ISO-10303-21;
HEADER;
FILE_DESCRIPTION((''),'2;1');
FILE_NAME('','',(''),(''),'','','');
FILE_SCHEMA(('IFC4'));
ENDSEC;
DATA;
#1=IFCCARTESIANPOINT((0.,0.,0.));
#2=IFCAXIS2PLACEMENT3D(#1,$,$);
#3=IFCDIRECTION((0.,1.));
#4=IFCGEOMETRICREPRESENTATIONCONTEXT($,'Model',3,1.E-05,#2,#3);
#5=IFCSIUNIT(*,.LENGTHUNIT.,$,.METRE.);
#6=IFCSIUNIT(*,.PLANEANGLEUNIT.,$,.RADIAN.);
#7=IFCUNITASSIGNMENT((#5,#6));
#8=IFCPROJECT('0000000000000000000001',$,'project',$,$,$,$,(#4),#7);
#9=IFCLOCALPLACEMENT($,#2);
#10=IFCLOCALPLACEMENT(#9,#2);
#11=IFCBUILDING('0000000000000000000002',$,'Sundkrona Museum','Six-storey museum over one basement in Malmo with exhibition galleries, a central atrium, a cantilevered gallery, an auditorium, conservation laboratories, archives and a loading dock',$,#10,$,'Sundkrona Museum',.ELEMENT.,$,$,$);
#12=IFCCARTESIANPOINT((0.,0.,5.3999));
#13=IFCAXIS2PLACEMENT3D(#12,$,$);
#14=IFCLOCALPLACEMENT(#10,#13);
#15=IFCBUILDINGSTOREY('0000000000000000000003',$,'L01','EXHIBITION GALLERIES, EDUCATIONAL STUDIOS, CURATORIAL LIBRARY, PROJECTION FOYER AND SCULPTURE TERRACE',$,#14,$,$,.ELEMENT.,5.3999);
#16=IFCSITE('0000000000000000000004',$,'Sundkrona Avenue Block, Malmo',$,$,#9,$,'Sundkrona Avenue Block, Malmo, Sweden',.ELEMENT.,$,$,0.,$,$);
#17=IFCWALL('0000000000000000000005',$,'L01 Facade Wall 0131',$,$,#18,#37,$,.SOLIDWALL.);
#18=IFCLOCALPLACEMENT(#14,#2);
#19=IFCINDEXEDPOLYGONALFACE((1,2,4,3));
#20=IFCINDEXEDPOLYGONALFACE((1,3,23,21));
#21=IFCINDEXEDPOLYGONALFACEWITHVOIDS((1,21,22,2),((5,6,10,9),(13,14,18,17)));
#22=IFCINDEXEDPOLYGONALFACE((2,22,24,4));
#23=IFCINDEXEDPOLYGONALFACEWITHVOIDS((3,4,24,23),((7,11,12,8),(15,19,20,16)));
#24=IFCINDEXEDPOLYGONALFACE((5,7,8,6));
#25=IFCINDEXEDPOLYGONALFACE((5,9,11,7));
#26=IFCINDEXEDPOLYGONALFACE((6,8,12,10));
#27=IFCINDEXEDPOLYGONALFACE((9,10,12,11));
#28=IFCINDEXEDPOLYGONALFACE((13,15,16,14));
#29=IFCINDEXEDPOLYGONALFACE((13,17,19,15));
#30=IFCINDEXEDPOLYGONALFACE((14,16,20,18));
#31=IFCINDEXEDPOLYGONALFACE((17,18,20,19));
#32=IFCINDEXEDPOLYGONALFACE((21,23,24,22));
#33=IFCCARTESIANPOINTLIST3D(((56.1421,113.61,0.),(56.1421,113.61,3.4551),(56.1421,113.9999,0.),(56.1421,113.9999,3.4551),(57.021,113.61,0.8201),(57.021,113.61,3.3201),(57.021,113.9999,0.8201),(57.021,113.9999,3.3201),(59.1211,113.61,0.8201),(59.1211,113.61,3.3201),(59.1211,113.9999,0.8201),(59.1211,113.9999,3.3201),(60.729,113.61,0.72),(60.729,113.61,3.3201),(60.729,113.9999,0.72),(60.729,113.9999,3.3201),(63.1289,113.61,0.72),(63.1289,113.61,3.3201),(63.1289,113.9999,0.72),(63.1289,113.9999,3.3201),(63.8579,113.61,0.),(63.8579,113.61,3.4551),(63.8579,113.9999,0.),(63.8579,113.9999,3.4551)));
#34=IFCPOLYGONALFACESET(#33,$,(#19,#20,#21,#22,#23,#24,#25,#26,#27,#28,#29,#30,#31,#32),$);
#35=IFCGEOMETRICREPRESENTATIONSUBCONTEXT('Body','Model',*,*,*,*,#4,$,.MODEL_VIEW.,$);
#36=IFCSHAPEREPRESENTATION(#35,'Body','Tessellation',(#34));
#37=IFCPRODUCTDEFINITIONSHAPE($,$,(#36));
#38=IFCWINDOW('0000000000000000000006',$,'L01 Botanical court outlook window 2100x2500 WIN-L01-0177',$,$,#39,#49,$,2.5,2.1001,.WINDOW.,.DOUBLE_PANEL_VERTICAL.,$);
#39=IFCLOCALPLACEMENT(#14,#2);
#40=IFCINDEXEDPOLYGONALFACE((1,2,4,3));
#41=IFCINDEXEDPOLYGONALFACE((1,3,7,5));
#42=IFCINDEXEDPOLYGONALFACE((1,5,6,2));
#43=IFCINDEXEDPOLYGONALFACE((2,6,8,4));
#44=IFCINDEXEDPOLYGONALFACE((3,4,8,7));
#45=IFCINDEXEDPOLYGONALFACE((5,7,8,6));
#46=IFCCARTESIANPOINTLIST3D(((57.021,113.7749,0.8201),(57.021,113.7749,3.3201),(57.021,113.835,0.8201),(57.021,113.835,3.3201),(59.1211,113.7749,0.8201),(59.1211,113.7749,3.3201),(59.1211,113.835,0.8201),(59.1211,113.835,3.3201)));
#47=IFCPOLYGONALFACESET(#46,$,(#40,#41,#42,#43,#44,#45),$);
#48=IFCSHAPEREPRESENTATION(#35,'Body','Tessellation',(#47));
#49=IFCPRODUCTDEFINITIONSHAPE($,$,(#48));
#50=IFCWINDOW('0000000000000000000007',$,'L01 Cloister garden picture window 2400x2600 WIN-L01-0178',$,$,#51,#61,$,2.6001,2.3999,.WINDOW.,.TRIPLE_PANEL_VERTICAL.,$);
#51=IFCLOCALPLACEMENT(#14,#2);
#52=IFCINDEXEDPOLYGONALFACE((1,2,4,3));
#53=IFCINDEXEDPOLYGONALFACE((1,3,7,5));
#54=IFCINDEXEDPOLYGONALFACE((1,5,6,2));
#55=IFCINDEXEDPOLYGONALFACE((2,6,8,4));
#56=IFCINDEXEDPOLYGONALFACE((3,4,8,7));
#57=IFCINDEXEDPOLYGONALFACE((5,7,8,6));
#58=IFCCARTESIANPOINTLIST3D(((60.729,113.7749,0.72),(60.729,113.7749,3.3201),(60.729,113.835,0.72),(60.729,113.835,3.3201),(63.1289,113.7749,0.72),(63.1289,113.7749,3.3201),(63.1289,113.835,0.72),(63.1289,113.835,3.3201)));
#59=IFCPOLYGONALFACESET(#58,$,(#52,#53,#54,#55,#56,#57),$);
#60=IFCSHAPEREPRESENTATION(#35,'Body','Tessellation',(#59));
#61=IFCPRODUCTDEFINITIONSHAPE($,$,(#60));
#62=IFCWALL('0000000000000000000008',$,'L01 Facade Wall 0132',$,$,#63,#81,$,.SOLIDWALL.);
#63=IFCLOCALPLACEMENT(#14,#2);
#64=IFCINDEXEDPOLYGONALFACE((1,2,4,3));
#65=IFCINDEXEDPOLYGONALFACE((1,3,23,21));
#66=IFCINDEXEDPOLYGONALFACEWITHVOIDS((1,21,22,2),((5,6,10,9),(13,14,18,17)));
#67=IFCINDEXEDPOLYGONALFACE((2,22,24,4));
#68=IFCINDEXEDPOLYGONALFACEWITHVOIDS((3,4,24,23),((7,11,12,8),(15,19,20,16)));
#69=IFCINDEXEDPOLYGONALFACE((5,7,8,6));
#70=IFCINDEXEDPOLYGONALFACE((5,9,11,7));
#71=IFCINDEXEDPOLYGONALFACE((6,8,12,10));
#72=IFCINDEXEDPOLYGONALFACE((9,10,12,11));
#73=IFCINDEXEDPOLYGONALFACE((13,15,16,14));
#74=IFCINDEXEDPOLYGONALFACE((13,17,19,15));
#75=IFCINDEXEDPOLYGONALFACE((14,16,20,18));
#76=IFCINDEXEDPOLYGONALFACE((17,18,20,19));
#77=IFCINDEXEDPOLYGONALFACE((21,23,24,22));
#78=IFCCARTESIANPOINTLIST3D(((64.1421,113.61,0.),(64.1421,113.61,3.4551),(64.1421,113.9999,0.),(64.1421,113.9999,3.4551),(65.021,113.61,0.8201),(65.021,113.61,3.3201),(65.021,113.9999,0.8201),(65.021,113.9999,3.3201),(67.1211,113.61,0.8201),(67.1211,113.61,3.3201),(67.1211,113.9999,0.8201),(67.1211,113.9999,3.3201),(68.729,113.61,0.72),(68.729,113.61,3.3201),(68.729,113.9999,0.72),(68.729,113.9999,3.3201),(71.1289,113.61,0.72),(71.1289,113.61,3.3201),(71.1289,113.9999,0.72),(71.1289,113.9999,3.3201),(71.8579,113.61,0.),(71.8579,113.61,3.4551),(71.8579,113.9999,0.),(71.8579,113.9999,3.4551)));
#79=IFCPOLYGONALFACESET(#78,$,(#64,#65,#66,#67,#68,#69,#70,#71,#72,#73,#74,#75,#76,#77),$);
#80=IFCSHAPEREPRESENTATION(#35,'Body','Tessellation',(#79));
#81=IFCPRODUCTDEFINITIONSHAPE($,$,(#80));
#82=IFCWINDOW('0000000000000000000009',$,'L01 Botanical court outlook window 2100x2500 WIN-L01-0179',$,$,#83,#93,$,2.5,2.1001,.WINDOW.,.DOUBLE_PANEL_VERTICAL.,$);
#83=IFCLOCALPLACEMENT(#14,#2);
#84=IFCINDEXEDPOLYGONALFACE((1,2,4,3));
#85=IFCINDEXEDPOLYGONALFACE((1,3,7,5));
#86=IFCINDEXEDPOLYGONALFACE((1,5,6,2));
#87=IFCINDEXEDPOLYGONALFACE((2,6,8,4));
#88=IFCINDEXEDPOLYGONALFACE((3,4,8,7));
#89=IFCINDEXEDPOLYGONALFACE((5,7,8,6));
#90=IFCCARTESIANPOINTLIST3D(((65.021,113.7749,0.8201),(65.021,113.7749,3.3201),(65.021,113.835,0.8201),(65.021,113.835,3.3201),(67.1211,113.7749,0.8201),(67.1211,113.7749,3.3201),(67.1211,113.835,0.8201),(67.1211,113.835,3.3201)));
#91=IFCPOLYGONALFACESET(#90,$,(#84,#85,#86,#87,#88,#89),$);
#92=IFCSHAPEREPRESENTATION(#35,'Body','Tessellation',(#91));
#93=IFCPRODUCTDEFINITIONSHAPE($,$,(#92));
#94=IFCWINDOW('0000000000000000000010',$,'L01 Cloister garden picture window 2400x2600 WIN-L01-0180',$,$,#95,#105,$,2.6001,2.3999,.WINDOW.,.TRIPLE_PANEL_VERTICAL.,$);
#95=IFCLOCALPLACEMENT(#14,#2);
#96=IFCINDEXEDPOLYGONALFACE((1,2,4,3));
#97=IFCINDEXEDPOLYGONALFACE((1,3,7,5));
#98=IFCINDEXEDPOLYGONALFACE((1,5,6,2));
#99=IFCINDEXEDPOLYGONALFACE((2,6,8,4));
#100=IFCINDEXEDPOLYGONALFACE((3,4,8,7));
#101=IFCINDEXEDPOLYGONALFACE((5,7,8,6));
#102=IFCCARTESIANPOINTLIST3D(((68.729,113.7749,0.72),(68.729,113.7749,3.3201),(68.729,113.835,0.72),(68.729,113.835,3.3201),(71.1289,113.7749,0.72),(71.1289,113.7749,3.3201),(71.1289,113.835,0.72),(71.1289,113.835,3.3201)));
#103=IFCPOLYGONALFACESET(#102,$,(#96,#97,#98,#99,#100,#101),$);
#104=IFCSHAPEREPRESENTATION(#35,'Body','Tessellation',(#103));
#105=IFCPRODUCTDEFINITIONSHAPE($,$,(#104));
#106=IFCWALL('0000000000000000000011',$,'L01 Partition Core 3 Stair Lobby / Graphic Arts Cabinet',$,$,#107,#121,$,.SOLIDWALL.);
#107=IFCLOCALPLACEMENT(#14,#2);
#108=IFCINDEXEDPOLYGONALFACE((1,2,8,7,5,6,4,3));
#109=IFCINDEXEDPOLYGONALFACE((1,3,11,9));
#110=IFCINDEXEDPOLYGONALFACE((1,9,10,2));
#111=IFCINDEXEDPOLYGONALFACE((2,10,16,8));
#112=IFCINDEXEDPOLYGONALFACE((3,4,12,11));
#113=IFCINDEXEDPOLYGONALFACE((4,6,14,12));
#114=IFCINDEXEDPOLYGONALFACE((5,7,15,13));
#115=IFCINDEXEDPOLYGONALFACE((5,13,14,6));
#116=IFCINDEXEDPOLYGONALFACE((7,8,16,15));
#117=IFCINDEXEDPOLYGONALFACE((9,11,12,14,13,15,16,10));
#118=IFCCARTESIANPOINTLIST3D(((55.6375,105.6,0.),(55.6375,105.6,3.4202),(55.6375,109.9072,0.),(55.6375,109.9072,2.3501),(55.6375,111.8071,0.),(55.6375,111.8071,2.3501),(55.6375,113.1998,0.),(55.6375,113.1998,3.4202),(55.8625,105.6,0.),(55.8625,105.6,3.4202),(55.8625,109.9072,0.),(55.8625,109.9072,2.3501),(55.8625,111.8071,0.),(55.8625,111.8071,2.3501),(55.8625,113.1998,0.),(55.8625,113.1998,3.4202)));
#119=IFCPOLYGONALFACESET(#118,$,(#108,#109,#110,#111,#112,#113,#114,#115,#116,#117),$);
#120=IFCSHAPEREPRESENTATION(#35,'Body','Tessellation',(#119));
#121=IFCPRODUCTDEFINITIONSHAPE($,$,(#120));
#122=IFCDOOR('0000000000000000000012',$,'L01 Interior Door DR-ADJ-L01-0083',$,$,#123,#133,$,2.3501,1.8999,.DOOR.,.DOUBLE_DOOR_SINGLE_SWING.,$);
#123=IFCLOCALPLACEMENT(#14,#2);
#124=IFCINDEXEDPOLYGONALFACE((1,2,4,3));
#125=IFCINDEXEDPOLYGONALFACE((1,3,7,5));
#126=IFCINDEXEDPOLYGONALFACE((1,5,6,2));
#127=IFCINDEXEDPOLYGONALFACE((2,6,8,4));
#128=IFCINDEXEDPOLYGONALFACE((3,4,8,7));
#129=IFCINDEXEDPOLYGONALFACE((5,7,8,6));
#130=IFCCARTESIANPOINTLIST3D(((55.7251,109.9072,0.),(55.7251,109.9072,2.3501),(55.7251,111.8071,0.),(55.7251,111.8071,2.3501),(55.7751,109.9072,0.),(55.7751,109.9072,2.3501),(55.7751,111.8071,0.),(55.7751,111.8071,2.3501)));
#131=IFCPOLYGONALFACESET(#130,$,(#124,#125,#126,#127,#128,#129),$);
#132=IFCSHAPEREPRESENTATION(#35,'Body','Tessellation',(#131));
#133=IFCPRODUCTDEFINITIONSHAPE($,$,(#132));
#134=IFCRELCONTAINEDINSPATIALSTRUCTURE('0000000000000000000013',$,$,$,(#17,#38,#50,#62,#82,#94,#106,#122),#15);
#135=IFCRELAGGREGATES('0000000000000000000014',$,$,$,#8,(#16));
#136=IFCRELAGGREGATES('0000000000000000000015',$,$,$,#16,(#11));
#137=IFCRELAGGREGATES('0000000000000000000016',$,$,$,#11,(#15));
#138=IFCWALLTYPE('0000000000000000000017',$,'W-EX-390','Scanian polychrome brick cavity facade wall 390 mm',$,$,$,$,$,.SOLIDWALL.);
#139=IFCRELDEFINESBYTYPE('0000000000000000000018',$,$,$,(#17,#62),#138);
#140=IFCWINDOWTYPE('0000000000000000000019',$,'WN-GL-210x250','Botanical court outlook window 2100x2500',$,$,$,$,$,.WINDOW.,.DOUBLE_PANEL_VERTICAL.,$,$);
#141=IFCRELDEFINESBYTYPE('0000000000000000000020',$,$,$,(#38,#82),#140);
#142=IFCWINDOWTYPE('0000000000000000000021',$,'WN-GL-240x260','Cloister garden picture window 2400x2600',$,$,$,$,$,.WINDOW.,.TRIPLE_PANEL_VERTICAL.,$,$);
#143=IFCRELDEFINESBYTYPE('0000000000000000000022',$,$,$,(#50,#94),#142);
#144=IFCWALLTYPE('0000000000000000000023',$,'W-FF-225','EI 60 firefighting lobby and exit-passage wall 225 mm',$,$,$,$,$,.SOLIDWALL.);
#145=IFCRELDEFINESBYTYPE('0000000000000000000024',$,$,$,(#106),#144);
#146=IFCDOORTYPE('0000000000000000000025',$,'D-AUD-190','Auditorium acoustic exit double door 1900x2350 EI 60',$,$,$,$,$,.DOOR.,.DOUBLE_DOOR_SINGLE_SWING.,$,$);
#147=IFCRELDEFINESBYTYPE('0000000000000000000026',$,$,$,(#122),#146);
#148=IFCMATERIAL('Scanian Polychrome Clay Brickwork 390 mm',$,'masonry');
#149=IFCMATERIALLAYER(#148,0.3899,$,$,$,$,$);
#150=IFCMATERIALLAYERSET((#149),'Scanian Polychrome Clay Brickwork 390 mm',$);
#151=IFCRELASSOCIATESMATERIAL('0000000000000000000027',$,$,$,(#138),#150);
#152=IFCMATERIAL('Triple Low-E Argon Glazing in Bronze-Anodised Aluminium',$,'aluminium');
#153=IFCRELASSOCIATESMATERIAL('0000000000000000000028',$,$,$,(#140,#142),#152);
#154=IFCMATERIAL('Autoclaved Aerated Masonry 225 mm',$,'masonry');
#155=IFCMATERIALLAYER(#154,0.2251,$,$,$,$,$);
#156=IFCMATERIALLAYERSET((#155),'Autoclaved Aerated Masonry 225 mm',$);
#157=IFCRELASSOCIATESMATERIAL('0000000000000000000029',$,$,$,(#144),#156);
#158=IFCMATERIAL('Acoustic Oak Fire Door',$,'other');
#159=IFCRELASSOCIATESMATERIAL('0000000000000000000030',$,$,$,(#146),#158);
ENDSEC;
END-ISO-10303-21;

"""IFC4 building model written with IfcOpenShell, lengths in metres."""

from ifc_helpers import new_model, si_unit, direction, frame, frame_2d, origin, place, context, subcontext, project, spatial, rectangle, extrude, material, layer, layer_set, type_object, element, fill, save


model = new_model("IFC4")

# Units and contexts
model_context = context("Model", 3, precision=1e-05, world=origin(), true_north=direction((0.0, 1.0)))
body_context = subcontext(model_context, "Body", "Model", "MODEL_VIEW")
ifc_project = project(units=[si_unit("LENGTHUNIT", "METRE"), si_unit("PLANEANGLEUNIT", "RADIAN")], contexts=[model_context])

# Site, building, storey
site_placement = place(None, origin())
site = spatial("IfcSite", under=ifc_project, at=site_placement, Name="Sundkrona Avenue Block, Malmo", LongName="Sundkrona Avenue Block, Malmo, Sweden", CompositionType="ELEMENT", RefElevation=0.0)
building_placement = place(site_placement, origin())
building = spatial("IfcBuilding", under=site, at=building_placement, Name="Sundkrona Museum", Description="Six-storey museum over one basement in Malmo with exhibition galleries, a central atrium, a cantilevered gallery, an auditorium, conservation laboratories, archives and a loading dock", LongName="Sundkrona Museum", CompositionType="ELEMENT")
storey_placement = place(building_placement, frame((0.0, 0.0, 5.3999)))
storey = spatial("IfcBuildingStorey", under=building, at=storey_placement, Name="L01", Description="EXHIBITION GALLERIES, EDUCATIONAL STUDIOS, CURATORIAL LIBRARY, PROJECTION FOYER AND SCULPTURE TERRACE", CompositionType="ELEMENT", Elevation=5.3999)

# Shared definitions
ifc_material_1 = material(Name="Scanian Polychrome Clay Brickwork 390 mm", Category="masonry")
ifc_layer_1 = layer(ifc_material_1, 0.3899)
ifc_layer_set_1 = layer_set([ifc_layer_1], Name="Scanian Polychrome Clay Brickwork 390 mm")
wall_type_1 = type_object("IfcWallType", Name="W-EX-390", Description="Scanian polychrome brick cavity facade wall 390 mm", PredefinedType="SOLIDWALL", material=ifc_layer_set_1)
ifc_material_2 = material(Name="Triple Low-E Argon Glazing in Bronze-Anodised Aluminium", Category="aluminium")

# Walls, openings, windows
wall_1_placement = place(storey_placement, frame((56.1421, 113.8049, 0.0), z_axis=(0.0, 0.0, 1.0), x_axis=(1.0, 0.0, 0.0)))
wall_1 = element("IfcWall", 1, at=wall_1_placement, inside=storey, type_object=wall_type_1, Name="L01 Facade Wall 0131", PredefinedType="SOLIDWALL", context=body_context, shape_type="SweptSolid", body=[
    extrude(rectangle(XDim=7.7158, YDim=0.3899, at=frame_2d((3.8579, 0.0))), origin(), (0.0, 0.0, 1.0), 3.4551),
])
opening_1_placement = place(wall_1_placement, frame((0.8789, 0.0, 0.8201)))
opening_1 = element("IfcOpeningElement", 2, at=opening_1_placement, cuts=wall_1, PredefinedType="OPENING", context=body_context, shape_type="SweptSolid", body=[
    extrude(rectangle(XDim=2.1001, YDim=2.5, at=frame_2d((1.05, 1.25))), frame((0.0, 0.2048, 0.0), z_axis=(0.0, -1.0, 0.0), x_axis=(1.0, 0.0, 0.0)), (0.0, 0.0, 1.0), 0.4099),
])
opening_2_placement = place(wall_1_placement, frame((4.5869, 0.0, 0.72)))
opening_2 = element("IfcOpeningElement", 3, at=opening_2_placement, cuts=wall_1, PredefinedType="OPENING", context=body_context, shape_type="SweptSolid", body=[
    extrude(rectangle(XDim=2.3999, YDim=2.6001, at=frame_2d((1.2, 1.3))), frame((0.0, 0.2048, 0.0), z_axis=(0.0, -1.0, 0.0), x_axis=(1.0, 0.0, 0.0)), (0.0, 0.0, 1.0), 0.4099),
])
window_type_1 = type_object("IfcWindowType", Name="WN-GL-210x250", Description="Botanical court outlook window 2100x2500", PartitioningType="DOUBLE_PANEL_VERTICAL", PredefinedType="WINDOW", material=ifc_material_2)
window_1_placement = place(opening_1_placement, origin())
window_1 = element("IfcWindow", 4, at=window_1_placement, inside=storey, type_object=window_type_1, Name="L01 Botanical court outlook window 2100x2500 WIN-L01-0177", OverallHeight=2.5, OverallWidth=2.1001, PartitioningType="DOUBLE_PANEL_VERTICAL", PredefinedType="WINDOW", context=body_context, shape_type="SweptSolid", body=[
    extrude(rectangle(XDim=2.1001, YDim=2.5, at=frame_2d((1.05, 1.25))), frame((0.0, 0.03, 0.0), z_axis=(0.0, -1.0, 0.0), x_axis=(1.0, 0.0, 0.0)), (0.0, 0.0, 1.0), 0.0601),
])
fill(opening_1, window_1)
window_type_2 = type_object("IfcWindowType", Name="WN-GL-240x260", Description="Cloister garden picture window 2400x2600", PartitioningType="TRIPLE_PANEL_VERTICAL", PredefinedType="WINDOW", material=ifc_material_2)
window_2_placement = place(opening_2_placement, origin())
window_2 = element("IfcWindow", 5, at=window_2_placement, inside=storey, type_object=window_type_2, Name="L01 Cloister garden picture window 2400x2600 WIN-L01-0178", OverallHeight=2.6001, OverallWidth=2.3999, PartitioningType="TRIPLE_PANEL_VERTICAL", PredefinedType="WINDOW", context=body_context, shape_type="SweptSolid", body=[
    extrude(rectangle(XDim=2.3999, YDim=2.6001, at=frame_2d((1.2, 1.3))), frame((0.0, 0.03, 0.0), z_axis=(0.0, -1.0, 0.0), x_axis=(1.0, 0.0, 0.0)), (0.0, 0.0, 1.0), 0.0601),
])
fill(opening_2, window_2)
wall_2_placement = place(storey_placement, frame((64.1421, 113.8049, 0.0), z_axis=(0.0, 0.0, 1.0), x_axis=(1.0, 0.0, 0.0)))
wall_2 = element("IfcWall", 6, at=wall_2_placement, inside=storey, type_object=wall_type_1, Name="L01 Facade Wall 0132", PredefinedType="SOLIDWALL", context=body_context, shape_type="SweptSolid", body=[
    extrude(rectangle(XDim=7.7158, YDim=0.3899, at=frame_2d((3.8579, 0.0))), origin(), (0.0, 0.0, 1.0), 3.4551),
])
opening_3_placement = place(wall_2_placement, frame((0.8789, 0.0, 0.8201)))
opening_3 = element("IfcOpeningElement", 7, at=opening_3_placement, cuts=wall_2, PredefinedType="OPENING", context=body_context, shape_type="SweptSolid", body=[
    extrude(rectangle(XDim=2.1001, YDim=2.5, at=frame_2d((1.05, 1.25))), frame((0.0, 0.2048, 0.0), z_axis=(0.0, -1.0, 0.0), x_axis=(1.0, 0.0, 0.0)), (0.0, 0.0, 1.0), 0.4099),
])
opening_4_placement = place(wall_2_placement, frame((4.5869, 0.0, 0.72)))
opening_4 = element("IfcOpeningElement", 8, at=opening_4_placement, cuts=wall_2, PredefinedType="OPENING", context=body_context, shape_type="SweptSolid", body=[
    extrude(rectangle(XDim=2.3999, YDim=2.6001, at=frame_2d((1.2, 1.3))), frame((0.0, 0.2048, 0.0), z_axis=(0.0, -1.0, 0.0), x_axis=(1.0, 0.0, 0.0)), (0.0, 0.0, 1.0), 0.4099),
])
window_3_placement = place(opening_3_placement, origin())
window_3 = element("IfcWindow", 9, at=window_3_placement, inside=storey, type_object=window_type_1, Name="L01 Botanical court outlook window 2100x2500 WIN-L01-0179", OverallHeight=2.5, OverallWidth=2.1001, PartitioningType="DOUBLE_PANEL_VERTICAL", PredefinedType="WINDOW", context=body_context, shape_type="SweptSolid", body=[
    extrude(rectangle(XDim=2.1001, YDim=2.5, at=frame_2d((1.05, 1.25))), frame((0.0, 0.03, 0.0), z_axis=(0.0, -1.0, 0.0), x_axis=(1.0, 0.0, 0.0)), (0.0, 0.0, 1.0), 0.0601),
])
fill(opening_3, window_3)
window_4_placement = place(opening_4_placement, origin())
window_4 = element("IfcWindow", 10, at=window_4_placement, inside=storey, type_object=window_type_2, Name="L01 Cloister garden picture window 2400x2600 WIN-L01-0180", OverallHeight=2.6001, OverallWidth=2.3999, PartitioningType="TRIPLE_PANEL_VERTICAL", PredefinedType="WINDOW", context=body_context, shape_type="SweptSolid", body=[
    extrude(rectangle(XDim=2.3999, YDim=2.6001, at=frame_2d((1.2, 1.3))), frame((0.0, 0.03, 0.0), z_axis=(0.0, -1.0, 0.0), x_axis=(1.0, 0.0, 0.0)), (0.0, 0.0, 1.0), 0.0601),
])
fill(opening_4, window_4)

# Wall, opening, door
ifc_material_3 = material(Name="Autoclaved Aerated Masonry 225 mm", Category="masonry")
ifc_layer_2 = layer(ifc_material_3, 0.2251)
ifc_layer_set_2 = layer_set([ifc_layer_2], Name="Autoclaved Aerated Masonry 225 mm")
wall_type_2 = type_object("IfcWallType", Name="W-FF-225", Description="EI 60 firefighting lobby and exit-passage wall 225 mm", PredefinedType="SOLIDWALL", material=ifc_layer_set_2)
wall_3_placement = place(storey_placement, frame((55.75, 105.6001, 0.0), z_axis=(0.0, 0.0, 1.0), x_axis=(0.0, 1.0, 0.0)))
wall_3 = element("IfcWall", 11, at=wall_3_placement, inside=storey, type_object=wall_type_2, Name="L01 Partition Core 3 Stair Lobby / Graphic Arts Cabinet", PredefinedType="SOLIDWALL", context=body_context, shape_type="SweptSolid", body=[
    extrude(rectangle(XDim=7.5999, YDim=0.2251, at=frame_2d((3.7998, 0.0))), origin(), (0.0, 0.0, 1.0), 3.4202),
])
opening_5_placement = place(wall_3_placement, frame((4.3071, 0.0, 0.0)))
opening_5 = element("IfcOpeningElement", 12, at=opening_5_placement, cuts=wall_3, PredefinedType="OPENING", context=body_context, shape_type="SweptSolid", body=[
    extrude(rectangle(XDim=1.8999, YDim=2.3501, at=frame_2d((0.95, 1.175))), frame((0.0, 0.1226, 0.0), z_axis=(0.0, -1.0, 0.0), x_axis=(1.0, 0.0, 0.0)), (0.0, 0.0, 1.0), 0.2451),
])
ifc_material_4 = material(Name="Acoustic Oak Fire Door", Category="other")
door_type_1 = type_object("IfcDoorType", Name="D-AUD-190", Description="Auditorium acoustic exit double door 1900x2350 EI 60", OperationType="DOUBLE_DOOR_SINGLE_SWING", PredefinedType="DOOR", material=ifc_material_4)
door_1_placement = place(opening_5_placement, origin())
door_1 = element("IfcDoor", 13, at=door_1_placement, inside=storey, type_object=door_type_1, Name="L01 Interior Door DR-ADJ-L01-0083", OperationType="DOUBLE_DOOR_SINGLE_SWING", OverallHeight=2.3501, OverallWidth=1.8999, PredefinedType="DOOR", context=body_context, shape_type="SweptSolid", body=[
    extrude(rectangle(XDim=1.8999, YDim=2.3501, at=frame_2d((0.95, 1.175))), frame((0.0, 0.0249, 0.0), z_axis=(0.0, -1.0, 0.0), x_axis=(1.0, 0.0, 0.0)), (0.0, 0.0, 1.0), 0.05),
])
fill(opening_5, door_1)

save(model, "model.ifc")
